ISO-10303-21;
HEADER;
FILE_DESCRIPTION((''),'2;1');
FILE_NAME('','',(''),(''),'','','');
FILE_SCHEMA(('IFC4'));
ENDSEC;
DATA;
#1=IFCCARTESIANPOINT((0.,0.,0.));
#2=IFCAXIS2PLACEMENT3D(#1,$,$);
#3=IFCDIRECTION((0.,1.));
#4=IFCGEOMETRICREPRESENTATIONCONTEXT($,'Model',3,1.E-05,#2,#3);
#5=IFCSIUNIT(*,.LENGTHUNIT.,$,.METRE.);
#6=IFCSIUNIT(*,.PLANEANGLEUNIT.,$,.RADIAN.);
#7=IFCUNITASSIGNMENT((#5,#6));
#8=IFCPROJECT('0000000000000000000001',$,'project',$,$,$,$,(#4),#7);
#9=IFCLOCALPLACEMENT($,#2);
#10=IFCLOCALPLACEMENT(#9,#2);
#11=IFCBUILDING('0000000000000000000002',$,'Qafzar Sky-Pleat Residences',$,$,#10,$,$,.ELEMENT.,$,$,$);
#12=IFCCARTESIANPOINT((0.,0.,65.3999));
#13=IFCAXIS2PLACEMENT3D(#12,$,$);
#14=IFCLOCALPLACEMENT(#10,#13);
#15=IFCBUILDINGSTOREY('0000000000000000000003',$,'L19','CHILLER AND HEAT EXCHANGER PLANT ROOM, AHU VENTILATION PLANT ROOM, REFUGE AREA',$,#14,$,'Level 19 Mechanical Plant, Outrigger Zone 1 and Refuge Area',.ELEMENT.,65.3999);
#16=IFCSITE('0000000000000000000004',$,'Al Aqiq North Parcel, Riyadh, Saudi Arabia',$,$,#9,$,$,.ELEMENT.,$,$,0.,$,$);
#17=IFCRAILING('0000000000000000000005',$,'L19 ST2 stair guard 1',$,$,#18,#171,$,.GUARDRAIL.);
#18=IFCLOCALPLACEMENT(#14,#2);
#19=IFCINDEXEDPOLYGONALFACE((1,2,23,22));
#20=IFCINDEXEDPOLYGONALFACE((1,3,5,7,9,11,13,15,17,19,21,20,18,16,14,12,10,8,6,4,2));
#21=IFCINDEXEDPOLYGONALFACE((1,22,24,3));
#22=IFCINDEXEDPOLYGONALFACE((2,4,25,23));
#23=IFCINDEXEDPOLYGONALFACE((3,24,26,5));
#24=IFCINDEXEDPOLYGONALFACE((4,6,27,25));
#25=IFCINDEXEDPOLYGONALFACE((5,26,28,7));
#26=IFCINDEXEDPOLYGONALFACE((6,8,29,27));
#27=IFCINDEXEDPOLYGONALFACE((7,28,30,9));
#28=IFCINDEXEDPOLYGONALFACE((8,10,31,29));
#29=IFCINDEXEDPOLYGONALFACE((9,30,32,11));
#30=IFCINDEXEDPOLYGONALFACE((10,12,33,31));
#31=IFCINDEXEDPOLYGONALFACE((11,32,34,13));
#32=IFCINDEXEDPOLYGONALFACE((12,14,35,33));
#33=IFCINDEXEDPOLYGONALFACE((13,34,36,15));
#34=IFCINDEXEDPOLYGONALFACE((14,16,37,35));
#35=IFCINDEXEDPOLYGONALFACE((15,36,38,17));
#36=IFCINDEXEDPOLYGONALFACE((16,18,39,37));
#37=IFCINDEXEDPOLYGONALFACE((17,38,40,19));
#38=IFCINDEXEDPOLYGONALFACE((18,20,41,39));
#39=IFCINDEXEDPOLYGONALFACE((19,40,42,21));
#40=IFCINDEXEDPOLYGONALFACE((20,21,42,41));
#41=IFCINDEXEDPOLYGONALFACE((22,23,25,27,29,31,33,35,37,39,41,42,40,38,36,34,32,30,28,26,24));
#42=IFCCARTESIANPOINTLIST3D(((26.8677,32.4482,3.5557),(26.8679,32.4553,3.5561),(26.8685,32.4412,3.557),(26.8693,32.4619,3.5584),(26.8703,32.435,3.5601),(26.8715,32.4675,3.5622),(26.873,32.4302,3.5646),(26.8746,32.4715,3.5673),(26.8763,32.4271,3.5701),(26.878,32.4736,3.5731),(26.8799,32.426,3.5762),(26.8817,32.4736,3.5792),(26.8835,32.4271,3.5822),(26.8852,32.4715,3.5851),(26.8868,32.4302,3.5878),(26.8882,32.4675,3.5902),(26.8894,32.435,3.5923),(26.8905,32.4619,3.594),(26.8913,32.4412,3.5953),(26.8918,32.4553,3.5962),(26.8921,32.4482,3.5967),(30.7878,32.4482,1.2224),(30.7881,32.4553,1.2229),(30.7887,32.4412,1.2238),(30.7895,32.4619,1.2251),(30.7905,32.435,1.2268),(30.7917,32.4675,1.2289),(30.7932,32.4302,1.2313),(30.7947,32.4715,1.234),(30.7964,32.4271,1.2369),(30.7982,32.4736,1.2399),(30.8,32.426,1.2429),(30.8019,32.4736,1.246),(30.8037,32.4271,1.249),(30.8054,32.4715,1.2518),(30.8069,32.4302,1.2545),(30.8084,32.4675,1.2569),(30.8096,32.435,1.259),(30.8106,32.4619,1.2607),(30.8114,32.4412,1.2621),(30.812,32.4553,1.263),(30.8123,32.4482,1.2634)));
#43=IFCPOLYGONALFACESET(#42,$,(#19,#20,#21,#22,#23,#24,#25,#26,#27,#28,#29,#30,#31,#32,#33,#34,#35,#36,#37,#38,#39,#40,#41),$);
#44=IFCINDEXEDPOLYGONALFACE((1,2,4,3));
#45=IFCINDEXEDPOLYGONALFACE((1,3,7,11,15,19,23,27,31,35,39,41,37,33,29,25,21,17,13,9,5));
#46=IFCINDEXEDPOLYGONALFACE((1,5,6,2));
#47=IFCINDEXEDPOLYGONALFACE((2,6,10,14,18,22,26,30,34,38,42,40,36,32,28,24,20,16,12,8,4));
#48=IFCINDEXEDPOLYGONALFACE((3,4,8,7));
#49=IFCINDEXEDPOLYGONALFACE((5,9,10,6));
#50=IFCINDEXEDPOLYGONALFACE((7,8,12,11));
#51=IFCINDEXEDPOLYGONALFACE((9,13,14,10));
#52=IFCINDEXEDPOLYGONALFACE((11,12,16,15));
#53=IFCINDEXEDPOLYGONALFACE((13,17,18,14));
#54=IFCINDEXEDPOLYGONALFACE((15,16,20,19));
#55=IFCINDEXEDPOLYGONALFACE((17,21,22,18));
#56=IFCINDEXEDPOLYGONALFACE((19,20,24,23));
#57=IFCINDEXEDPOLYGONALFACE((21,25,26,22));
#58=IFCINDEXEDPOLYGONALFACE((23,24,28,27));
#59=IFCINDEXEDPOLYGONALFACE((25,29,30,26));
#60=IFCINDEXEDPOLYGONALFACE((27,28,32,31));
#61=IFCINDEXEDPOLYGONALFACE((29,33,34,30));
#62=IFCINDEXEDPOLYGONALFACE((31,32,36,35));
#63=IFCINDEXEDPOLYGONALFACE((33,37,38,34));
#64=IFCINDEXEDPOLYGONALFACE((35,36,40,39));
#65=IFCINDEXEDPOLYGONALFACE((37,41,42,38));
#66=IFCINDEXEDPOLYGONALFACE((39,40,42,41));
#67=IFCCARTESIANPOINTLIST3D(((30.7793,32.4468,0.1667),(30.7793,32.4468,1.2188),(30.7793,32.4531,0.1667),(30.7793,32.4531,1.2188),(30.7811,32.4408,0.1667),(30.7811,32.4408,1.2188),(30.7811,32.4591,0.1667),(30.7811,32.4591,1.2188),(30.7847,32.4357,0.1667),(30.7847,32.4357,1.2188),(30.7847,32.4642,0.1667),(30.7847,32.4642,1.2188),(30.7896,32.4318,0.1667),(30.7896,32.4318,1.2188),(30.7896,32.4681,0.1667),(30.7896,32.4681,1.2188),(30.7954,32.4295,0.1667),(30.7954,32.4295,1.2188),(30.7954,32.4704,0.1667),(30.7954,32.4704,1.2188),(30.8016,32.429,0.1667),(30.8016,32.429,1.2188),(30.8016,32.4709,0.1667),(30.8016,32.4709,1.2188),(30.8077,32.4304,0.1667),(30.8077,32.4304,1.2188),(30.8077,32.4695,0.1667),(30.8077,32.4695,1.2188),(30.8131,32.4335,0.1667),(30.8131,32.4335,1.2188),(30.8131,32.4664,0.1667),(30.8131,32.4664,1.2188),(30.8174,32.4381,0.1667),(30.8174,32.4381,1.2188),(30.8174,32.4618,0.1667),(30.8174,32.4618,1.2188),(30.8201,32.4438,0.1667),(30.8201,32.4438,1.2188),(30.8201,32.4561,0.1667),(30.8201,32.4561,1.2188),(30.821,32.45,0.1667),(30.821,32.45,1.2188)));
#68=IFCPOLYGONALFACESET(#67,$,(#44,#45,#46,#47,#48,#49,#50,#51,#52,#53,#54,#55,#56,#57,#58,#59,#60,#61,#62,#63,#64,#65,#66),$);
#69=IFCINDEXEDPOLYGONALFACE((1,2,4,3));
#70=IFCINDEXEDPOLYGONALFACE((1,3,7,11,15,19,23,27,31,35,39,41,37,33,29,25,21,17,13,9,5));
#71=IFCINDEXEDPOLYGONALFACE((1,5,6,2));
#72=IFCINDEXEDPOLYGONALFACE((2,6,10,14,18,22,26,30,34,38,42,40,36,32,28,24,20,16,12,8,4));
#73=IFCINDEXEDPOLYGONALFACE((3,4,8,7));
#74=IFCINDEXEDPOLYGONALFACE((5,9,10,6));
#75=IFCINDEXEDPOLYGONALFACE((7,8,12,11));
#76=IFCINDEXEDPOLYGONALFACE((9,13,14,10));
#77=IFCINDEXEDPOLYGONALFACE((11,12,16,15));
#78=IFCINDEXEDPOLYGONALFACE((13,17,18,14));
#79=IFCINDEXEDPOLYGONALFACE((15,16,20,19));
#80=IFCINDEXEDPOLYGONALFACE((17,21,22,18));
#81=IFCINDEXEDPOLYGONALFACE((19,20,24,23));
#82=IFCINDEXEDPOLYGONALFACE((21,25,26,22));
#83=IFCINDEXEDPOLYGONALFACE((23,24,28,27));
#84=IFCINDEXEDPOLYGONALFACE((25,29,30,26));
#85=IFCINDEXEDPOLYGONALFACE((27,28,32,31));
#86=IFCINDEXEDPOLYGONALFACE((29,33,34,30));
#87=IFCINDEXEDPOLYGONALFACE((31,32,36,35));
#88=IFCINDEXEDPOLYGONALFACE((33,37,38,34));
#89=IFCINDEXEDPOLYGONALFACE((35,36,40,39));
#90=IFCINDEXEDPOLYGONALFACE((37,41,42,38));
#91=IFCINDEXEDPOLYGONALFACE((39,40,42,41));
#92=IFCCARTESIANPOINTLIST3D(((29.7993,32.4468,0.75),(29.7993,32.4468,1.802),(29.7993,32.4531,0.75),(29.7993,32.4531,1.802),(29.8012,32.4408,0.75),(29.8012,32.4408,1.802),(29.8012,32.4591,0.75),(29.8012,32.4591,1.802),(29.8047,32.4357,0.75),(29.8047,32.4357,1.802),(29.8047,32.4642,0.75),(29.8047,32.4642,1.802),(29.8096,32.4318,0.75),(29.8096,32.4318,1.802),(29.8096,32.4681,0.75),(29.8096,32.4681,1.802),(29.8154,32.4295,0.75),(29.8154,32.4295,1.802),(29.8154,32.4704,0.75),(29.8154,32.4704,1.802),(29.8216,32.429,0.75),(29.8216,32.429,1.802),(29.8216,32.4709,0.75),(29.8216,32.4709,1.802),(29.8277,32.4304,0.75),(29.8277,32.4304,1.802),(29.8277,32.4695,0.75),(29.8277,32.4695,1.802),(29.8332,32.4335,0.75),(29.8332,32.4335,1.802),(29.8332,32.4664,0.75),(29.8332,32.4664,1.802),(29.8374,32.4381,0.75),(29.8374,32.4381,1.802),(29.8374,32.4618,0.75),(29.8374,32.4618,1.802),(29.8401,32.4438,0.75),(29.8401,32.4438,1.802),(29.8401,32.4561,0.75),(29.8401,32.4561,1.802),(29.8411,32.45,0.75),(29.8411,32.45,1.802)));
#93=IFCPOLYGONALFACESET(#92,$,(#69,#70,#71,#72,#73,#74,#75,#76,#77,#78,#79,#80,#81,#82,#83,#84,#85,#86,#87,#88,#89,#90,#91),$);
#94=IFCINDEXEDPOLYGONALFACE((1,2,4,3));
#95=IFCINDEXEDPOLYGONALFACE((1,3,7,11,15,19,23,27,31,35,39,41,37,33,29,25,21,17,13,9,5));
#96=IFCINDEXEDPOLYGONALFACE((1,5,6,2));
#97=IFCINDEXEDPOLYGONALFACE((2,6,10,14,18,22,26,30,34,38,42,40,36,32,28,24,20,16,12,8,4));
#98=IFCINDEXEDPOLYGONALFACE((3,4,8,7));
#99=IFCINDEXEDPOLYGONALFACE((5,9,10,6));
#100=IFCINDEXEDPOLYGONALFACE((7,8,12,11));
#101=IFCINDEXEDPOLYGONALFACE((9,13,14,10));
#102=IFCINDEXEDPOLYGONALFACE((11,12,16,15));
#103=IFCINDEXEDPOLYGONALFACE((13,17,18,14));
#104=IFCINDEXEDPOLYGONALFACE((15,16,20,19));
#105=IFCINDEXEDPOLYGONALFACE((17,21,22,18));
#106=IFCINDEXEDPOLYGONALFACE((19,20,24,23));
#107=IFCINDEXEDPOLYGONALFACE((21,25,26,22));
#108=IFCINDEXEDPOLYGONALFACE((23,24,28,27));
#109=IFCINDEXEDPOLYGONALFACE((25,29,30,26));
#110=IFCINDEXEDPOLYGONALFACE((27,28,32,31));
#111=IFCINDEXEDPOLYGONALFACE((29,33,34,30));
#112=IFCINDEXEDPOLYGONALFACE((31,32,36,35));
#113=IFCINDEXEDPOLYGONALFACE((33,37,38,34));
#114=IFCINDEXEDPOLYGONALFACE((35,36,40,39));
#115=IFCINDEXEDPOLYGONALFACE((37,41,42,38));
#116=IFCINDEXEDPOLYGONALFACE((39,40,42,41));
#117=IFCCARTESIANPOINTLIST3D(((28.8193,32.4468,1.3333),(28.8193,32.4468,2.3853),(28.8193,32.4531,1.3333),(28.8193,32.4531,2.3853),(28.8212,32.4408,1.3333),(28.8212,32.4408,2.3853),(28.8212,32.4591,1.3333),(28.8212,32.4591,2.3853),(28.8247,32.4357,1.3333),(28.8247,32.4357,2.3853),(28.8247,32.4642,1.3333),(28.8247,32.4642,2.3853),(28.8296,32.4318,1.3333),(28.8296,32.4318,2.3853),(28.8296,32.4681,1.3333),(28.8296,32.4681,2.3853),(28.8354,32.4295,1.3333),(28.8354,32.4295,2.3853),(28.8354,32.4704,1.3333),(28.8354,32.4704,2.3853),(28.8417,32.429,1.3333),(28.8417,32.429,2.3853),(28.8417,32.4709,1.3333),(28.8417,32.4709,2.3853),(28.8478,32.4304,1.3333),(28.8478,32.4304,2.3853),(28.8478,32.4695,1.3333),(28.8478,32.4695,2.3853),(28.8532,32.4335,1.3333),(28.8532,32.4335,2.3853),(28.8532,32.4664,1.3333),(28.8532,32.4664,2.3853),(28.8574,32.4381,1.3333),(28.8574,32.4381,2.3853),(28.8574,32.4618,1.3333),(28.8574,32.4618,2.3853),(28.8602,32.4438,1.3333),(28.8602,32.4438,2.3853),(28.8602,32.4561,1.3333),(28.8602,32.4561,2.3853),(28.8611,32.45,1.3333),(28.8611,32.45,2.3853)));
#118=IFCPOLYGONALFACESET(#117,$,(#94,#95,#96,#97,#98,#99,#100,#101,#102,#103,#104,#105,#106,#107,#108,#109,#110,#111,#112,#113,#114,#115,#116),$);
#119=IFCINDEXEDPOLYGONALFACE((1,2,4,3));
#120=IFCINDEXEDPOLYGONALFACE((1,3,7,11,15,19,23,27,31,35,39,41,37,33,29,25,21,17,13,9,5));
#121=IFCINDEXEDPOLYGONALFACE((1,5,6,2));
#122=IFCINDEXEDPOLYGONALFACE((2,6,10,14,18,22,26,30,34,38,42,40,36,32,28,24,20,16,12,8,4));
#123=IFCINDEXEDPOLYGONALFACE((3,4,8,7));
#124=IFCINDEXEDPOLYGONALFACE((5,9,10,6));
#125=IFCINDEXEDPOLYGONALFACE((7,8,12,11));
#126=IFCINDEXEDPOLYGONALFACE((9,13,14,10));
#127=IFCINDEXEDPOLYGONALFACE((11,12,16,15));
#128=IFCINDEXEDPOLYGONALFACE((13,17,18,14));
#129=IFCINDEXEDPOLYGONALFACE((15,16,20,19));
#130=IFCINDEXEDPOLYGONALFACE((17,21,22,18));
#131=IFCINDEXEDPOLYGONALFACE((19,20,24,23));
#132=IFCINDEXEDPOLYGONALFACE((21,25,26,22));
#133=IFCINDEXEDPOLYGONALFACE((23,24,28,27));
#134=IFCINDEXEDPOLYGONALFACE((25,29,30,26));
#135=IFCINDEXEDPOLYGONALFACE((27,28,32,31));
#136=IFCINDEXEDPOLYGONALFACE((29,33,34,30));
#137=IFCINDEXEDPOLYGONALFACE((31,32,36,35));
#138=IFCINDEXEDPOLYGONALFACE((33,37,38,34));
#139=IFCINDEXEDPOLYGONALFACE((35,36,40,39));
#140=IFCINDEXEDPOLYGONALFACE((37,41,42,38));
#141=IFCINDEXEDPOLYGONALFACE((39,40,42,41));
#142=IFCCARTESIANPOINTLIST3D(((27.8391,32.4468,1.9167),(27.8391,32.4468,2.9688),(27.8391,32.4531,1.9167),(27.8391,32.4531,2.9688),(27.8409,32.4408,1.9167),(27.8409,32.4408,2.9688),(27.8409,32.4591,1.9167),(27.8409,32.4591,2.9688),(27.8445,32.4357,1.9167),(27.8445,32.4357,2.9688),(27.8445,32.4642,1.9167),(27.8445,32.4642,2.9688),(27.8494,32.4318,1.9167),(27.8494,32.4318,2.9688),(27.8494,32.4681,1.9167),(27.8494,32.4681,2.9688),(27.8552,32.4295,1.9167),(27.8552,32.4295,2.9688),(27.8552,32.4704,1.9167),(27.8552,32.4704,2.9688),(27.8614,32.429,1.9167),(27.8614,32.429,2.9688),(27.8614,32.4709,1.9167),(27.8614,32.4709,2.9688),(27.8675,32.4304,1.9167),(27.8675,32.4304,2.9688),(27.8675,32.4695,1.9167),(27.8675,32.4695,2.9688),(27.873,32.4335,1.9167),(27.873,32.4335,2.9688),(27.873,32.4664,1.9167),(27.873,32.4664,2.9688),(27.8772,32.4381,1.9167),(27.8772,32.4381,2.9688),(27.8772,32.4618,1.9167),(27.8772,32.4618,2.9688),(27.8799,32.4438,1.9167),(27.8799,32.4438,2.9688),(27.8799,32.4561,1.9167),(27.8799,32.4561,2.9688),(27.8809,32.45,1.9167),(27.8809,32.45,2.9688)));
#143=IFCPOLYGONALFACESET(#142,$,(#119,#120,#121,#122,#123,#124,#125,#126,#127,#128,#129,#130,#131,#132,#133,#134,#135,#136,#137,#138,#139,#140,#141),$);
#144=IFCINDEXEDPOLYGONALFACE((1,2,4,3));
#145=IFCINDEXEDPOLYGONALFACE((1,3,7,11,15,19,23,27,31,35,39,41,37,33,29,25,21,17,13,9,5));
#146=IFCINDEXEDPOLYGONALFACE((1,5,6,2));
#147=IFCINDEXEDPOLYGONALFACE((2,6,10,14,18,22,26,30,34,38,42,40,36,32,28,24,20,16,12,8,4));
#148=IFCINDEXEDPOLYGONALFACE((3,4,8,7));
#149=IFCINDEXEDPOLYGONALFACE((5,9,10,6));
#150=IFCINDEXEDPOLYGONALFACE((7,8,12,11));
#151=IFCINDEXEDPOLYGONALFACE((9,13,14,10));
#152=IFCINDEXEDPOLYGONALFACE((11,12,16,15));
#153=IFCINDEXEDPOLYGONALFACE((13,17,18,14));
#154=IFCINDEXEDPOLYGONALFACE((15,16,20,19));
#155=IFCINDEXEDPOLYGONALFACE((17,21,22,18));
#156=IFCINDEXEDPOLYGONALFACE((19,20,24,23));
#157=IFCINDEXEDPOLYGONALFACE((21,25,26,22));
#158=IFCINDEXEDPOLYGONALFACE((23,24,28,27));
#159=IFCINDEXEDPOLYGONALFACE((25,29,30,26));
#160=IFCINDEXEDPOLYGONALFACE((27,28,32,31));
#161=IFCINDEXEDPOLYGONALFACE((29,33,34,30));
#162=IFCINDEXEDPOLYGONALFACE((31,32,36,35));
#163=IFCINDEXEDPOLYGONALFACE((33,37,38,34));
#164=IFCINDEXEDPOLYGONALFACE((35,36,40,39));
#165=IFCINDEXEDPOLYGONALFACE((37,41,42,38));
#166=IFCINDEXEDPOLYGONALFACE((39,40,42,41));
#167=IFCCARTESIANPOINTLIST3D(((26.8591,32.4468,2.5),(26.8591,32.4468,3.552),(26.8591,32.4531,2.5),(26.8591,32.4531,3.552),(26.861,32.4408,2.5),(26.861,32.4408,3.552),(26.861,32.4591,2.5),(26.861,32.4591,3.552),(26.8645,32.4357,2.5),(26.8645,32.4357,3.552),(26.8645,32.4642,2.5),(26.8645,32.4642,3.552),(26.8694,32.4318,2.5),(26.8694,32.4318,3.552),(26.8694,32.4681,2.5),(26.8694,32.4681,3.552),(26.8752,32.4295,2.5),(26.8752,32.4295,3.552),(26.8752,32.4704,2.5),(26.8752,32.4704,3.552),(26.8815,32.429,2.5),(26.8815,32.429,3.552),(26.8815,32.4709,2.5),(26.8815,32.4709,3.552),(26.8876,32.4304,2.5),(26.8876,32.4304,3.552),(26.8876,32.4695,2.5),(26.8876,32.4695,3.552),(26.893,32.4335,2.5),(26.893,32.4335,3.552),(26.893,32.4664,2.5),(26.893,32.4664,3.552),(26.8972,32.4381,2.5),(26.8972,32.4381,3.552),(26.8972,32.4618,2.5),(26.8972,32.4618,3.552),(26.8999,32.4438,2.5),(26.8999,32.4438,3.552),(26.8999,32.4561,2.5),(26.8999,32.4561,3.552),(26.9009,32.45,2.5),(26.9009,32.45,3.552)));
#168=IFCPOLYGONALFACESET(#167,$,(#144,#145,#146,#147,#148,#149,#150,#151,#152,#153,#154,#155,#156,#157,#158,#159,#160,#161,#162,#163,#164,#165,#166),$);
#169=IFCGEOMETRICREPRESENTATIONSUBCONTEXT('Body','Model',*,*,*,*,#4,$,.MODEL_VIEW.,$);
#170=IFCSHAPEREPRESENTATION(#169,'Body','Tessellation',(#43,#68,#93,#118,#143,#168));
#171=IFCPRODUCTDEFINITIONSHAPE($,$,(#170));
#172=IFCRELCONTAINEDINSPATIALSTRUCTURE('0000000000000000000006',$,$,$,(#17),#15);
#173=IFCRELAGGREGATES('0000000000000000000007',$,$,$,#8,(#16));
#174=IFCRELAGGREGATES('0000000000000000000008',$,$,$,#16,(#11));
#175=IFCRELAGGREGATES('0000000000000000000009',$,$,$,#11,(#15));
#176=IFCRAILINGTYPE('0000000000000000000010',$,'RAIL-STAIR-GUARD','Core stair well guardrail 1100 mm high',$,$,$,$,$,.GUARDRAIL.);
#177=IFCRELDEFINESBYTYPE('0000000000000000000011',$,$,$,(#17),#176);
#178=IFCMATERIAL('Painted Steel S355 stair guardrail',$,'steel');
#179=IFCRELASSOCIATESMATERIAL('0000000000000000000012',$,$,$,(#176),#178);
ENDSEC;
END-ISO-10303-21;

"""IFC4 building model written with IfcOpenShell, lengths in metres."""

from ifc_helpers import new_model, si_unit, direction, frame, origin, origin_2d, place, context, subcontext, project, spatial, circle, extrude, source, transform, mapped, material, type_object, element, save


model = new_model("IFC4")

# Units and contexts
model_context = context("Model", 3, precision=1e-05, world=origin(), true_north=direction((0.0, 1.0)))
body_context = subcontext(model_context, "Body", "Model", "MODEL_VIEW")
ifc_project = project(units=[si_unit("LENGTHUNIT", "METRE"), si_unit("PLANEANGLEUNIT", "RADIAN")], contexts=[model_context])

# Site, building, storey
site_placement = place(None, origin())
site = spatial("IfcSite", under=ifc_project, at=site_placement, Name="Al Aqiq North Parcel, Riyadh, Saudi Arabia", CompositionType="ELEMENT", RefElevation=0.0)
building_placement = place(site_placement, origin())
building = spatial("IfcBuilding", under=site, at=building_placement, Name="Qafzar Sky-Pleat Residences", CompositionType="ELEMENT")
storey_placement = place(building_placement, frame((0.0, 0.0, 65.3999)))
storey = spatial("IfcBuildingStorey", under=building, at=storey_placement, Name="L19", Description="CHILLER AND HEAT EXCHANGER PLANT ROOM, AHU VENTILATION PLANT ROOM, REFUGE AREA", LongName="Level 19 Mechanical Plant, Outrigger Zone 1 and Refuge Area", CompositionType="ELEMENT", Elevation=65.3999)

# Railing
ifc_material_1 = material(Name="Painted Steel S355 stair guardrail", Category="steel")
railing_type_1 = type_object("IfcRailingType", Name="RAIL-STAIR-GUARD", Description="Core stair well guardrail 1100 mm high", PredefinedType="GUARDRAIL", material=ifc_material_1)
shared_shape_1 = source(origin(), body_context, "Body", "SweptSolid", [
    extrude(circle(Radius=0.0239, at=origin_2d()), frame((0.0, 0.0, 1.0762), z_axis=(-0.85931, 0.0, 0.511455), x_axis=(0.0, -1.0, 0.0)), (0.0, 0.0, 1.0), 4.562),
    extrude(circle(Radius=0.021, at=origin_2d()), origin(), (0.0, 0.0, 1.0), 1.052),
    extrude(circle(Radius=0.021, at=origin_2d()), frame((-0.98, 0.0, 0.5833)), (0.0, 0.0, 1.0), 1.052),
    extrude(circle(Radius=0.021, at=origin_2d()), frame((-1.96, 0.0, 1.1665)), (0.0, 0.0, 1.0), 1.052),
    extrude(circle(Radius=0.021, at=origin_2d()), frame((-2.9402, 0.0, 1.75)), (0.0, 0.0, 1.0), 1.052),
    extrude(circle(Radius=0.021, at=origin_2d()), frame((-3.9202, 0.0, 2.3333)), (0.0, 0.0, 1.0), 1.052),
])
railing_1_placement = place(storey_placement, frame((30.8, 32.45, 0.1667)))
element("IfcRailing", 1, at=railing_1_placement, inside=storey, type_object=railing_type_1, Name="L19 ST2 stair guard 1", PredefinedType="GUARDRAIL", context=body_context, shape_type="MappedRepresentation", body=[
    mapped(shared_shape_1, transform((0.0, 0.0, 0.0), x_axis=(1.0, 0.0, 0.0), y_axis=(0.0, 1.0, 0.0), z_axis=(0.0, 0.0, 1.0), scale=1.0)),
])

save(model, "model.ifc")
